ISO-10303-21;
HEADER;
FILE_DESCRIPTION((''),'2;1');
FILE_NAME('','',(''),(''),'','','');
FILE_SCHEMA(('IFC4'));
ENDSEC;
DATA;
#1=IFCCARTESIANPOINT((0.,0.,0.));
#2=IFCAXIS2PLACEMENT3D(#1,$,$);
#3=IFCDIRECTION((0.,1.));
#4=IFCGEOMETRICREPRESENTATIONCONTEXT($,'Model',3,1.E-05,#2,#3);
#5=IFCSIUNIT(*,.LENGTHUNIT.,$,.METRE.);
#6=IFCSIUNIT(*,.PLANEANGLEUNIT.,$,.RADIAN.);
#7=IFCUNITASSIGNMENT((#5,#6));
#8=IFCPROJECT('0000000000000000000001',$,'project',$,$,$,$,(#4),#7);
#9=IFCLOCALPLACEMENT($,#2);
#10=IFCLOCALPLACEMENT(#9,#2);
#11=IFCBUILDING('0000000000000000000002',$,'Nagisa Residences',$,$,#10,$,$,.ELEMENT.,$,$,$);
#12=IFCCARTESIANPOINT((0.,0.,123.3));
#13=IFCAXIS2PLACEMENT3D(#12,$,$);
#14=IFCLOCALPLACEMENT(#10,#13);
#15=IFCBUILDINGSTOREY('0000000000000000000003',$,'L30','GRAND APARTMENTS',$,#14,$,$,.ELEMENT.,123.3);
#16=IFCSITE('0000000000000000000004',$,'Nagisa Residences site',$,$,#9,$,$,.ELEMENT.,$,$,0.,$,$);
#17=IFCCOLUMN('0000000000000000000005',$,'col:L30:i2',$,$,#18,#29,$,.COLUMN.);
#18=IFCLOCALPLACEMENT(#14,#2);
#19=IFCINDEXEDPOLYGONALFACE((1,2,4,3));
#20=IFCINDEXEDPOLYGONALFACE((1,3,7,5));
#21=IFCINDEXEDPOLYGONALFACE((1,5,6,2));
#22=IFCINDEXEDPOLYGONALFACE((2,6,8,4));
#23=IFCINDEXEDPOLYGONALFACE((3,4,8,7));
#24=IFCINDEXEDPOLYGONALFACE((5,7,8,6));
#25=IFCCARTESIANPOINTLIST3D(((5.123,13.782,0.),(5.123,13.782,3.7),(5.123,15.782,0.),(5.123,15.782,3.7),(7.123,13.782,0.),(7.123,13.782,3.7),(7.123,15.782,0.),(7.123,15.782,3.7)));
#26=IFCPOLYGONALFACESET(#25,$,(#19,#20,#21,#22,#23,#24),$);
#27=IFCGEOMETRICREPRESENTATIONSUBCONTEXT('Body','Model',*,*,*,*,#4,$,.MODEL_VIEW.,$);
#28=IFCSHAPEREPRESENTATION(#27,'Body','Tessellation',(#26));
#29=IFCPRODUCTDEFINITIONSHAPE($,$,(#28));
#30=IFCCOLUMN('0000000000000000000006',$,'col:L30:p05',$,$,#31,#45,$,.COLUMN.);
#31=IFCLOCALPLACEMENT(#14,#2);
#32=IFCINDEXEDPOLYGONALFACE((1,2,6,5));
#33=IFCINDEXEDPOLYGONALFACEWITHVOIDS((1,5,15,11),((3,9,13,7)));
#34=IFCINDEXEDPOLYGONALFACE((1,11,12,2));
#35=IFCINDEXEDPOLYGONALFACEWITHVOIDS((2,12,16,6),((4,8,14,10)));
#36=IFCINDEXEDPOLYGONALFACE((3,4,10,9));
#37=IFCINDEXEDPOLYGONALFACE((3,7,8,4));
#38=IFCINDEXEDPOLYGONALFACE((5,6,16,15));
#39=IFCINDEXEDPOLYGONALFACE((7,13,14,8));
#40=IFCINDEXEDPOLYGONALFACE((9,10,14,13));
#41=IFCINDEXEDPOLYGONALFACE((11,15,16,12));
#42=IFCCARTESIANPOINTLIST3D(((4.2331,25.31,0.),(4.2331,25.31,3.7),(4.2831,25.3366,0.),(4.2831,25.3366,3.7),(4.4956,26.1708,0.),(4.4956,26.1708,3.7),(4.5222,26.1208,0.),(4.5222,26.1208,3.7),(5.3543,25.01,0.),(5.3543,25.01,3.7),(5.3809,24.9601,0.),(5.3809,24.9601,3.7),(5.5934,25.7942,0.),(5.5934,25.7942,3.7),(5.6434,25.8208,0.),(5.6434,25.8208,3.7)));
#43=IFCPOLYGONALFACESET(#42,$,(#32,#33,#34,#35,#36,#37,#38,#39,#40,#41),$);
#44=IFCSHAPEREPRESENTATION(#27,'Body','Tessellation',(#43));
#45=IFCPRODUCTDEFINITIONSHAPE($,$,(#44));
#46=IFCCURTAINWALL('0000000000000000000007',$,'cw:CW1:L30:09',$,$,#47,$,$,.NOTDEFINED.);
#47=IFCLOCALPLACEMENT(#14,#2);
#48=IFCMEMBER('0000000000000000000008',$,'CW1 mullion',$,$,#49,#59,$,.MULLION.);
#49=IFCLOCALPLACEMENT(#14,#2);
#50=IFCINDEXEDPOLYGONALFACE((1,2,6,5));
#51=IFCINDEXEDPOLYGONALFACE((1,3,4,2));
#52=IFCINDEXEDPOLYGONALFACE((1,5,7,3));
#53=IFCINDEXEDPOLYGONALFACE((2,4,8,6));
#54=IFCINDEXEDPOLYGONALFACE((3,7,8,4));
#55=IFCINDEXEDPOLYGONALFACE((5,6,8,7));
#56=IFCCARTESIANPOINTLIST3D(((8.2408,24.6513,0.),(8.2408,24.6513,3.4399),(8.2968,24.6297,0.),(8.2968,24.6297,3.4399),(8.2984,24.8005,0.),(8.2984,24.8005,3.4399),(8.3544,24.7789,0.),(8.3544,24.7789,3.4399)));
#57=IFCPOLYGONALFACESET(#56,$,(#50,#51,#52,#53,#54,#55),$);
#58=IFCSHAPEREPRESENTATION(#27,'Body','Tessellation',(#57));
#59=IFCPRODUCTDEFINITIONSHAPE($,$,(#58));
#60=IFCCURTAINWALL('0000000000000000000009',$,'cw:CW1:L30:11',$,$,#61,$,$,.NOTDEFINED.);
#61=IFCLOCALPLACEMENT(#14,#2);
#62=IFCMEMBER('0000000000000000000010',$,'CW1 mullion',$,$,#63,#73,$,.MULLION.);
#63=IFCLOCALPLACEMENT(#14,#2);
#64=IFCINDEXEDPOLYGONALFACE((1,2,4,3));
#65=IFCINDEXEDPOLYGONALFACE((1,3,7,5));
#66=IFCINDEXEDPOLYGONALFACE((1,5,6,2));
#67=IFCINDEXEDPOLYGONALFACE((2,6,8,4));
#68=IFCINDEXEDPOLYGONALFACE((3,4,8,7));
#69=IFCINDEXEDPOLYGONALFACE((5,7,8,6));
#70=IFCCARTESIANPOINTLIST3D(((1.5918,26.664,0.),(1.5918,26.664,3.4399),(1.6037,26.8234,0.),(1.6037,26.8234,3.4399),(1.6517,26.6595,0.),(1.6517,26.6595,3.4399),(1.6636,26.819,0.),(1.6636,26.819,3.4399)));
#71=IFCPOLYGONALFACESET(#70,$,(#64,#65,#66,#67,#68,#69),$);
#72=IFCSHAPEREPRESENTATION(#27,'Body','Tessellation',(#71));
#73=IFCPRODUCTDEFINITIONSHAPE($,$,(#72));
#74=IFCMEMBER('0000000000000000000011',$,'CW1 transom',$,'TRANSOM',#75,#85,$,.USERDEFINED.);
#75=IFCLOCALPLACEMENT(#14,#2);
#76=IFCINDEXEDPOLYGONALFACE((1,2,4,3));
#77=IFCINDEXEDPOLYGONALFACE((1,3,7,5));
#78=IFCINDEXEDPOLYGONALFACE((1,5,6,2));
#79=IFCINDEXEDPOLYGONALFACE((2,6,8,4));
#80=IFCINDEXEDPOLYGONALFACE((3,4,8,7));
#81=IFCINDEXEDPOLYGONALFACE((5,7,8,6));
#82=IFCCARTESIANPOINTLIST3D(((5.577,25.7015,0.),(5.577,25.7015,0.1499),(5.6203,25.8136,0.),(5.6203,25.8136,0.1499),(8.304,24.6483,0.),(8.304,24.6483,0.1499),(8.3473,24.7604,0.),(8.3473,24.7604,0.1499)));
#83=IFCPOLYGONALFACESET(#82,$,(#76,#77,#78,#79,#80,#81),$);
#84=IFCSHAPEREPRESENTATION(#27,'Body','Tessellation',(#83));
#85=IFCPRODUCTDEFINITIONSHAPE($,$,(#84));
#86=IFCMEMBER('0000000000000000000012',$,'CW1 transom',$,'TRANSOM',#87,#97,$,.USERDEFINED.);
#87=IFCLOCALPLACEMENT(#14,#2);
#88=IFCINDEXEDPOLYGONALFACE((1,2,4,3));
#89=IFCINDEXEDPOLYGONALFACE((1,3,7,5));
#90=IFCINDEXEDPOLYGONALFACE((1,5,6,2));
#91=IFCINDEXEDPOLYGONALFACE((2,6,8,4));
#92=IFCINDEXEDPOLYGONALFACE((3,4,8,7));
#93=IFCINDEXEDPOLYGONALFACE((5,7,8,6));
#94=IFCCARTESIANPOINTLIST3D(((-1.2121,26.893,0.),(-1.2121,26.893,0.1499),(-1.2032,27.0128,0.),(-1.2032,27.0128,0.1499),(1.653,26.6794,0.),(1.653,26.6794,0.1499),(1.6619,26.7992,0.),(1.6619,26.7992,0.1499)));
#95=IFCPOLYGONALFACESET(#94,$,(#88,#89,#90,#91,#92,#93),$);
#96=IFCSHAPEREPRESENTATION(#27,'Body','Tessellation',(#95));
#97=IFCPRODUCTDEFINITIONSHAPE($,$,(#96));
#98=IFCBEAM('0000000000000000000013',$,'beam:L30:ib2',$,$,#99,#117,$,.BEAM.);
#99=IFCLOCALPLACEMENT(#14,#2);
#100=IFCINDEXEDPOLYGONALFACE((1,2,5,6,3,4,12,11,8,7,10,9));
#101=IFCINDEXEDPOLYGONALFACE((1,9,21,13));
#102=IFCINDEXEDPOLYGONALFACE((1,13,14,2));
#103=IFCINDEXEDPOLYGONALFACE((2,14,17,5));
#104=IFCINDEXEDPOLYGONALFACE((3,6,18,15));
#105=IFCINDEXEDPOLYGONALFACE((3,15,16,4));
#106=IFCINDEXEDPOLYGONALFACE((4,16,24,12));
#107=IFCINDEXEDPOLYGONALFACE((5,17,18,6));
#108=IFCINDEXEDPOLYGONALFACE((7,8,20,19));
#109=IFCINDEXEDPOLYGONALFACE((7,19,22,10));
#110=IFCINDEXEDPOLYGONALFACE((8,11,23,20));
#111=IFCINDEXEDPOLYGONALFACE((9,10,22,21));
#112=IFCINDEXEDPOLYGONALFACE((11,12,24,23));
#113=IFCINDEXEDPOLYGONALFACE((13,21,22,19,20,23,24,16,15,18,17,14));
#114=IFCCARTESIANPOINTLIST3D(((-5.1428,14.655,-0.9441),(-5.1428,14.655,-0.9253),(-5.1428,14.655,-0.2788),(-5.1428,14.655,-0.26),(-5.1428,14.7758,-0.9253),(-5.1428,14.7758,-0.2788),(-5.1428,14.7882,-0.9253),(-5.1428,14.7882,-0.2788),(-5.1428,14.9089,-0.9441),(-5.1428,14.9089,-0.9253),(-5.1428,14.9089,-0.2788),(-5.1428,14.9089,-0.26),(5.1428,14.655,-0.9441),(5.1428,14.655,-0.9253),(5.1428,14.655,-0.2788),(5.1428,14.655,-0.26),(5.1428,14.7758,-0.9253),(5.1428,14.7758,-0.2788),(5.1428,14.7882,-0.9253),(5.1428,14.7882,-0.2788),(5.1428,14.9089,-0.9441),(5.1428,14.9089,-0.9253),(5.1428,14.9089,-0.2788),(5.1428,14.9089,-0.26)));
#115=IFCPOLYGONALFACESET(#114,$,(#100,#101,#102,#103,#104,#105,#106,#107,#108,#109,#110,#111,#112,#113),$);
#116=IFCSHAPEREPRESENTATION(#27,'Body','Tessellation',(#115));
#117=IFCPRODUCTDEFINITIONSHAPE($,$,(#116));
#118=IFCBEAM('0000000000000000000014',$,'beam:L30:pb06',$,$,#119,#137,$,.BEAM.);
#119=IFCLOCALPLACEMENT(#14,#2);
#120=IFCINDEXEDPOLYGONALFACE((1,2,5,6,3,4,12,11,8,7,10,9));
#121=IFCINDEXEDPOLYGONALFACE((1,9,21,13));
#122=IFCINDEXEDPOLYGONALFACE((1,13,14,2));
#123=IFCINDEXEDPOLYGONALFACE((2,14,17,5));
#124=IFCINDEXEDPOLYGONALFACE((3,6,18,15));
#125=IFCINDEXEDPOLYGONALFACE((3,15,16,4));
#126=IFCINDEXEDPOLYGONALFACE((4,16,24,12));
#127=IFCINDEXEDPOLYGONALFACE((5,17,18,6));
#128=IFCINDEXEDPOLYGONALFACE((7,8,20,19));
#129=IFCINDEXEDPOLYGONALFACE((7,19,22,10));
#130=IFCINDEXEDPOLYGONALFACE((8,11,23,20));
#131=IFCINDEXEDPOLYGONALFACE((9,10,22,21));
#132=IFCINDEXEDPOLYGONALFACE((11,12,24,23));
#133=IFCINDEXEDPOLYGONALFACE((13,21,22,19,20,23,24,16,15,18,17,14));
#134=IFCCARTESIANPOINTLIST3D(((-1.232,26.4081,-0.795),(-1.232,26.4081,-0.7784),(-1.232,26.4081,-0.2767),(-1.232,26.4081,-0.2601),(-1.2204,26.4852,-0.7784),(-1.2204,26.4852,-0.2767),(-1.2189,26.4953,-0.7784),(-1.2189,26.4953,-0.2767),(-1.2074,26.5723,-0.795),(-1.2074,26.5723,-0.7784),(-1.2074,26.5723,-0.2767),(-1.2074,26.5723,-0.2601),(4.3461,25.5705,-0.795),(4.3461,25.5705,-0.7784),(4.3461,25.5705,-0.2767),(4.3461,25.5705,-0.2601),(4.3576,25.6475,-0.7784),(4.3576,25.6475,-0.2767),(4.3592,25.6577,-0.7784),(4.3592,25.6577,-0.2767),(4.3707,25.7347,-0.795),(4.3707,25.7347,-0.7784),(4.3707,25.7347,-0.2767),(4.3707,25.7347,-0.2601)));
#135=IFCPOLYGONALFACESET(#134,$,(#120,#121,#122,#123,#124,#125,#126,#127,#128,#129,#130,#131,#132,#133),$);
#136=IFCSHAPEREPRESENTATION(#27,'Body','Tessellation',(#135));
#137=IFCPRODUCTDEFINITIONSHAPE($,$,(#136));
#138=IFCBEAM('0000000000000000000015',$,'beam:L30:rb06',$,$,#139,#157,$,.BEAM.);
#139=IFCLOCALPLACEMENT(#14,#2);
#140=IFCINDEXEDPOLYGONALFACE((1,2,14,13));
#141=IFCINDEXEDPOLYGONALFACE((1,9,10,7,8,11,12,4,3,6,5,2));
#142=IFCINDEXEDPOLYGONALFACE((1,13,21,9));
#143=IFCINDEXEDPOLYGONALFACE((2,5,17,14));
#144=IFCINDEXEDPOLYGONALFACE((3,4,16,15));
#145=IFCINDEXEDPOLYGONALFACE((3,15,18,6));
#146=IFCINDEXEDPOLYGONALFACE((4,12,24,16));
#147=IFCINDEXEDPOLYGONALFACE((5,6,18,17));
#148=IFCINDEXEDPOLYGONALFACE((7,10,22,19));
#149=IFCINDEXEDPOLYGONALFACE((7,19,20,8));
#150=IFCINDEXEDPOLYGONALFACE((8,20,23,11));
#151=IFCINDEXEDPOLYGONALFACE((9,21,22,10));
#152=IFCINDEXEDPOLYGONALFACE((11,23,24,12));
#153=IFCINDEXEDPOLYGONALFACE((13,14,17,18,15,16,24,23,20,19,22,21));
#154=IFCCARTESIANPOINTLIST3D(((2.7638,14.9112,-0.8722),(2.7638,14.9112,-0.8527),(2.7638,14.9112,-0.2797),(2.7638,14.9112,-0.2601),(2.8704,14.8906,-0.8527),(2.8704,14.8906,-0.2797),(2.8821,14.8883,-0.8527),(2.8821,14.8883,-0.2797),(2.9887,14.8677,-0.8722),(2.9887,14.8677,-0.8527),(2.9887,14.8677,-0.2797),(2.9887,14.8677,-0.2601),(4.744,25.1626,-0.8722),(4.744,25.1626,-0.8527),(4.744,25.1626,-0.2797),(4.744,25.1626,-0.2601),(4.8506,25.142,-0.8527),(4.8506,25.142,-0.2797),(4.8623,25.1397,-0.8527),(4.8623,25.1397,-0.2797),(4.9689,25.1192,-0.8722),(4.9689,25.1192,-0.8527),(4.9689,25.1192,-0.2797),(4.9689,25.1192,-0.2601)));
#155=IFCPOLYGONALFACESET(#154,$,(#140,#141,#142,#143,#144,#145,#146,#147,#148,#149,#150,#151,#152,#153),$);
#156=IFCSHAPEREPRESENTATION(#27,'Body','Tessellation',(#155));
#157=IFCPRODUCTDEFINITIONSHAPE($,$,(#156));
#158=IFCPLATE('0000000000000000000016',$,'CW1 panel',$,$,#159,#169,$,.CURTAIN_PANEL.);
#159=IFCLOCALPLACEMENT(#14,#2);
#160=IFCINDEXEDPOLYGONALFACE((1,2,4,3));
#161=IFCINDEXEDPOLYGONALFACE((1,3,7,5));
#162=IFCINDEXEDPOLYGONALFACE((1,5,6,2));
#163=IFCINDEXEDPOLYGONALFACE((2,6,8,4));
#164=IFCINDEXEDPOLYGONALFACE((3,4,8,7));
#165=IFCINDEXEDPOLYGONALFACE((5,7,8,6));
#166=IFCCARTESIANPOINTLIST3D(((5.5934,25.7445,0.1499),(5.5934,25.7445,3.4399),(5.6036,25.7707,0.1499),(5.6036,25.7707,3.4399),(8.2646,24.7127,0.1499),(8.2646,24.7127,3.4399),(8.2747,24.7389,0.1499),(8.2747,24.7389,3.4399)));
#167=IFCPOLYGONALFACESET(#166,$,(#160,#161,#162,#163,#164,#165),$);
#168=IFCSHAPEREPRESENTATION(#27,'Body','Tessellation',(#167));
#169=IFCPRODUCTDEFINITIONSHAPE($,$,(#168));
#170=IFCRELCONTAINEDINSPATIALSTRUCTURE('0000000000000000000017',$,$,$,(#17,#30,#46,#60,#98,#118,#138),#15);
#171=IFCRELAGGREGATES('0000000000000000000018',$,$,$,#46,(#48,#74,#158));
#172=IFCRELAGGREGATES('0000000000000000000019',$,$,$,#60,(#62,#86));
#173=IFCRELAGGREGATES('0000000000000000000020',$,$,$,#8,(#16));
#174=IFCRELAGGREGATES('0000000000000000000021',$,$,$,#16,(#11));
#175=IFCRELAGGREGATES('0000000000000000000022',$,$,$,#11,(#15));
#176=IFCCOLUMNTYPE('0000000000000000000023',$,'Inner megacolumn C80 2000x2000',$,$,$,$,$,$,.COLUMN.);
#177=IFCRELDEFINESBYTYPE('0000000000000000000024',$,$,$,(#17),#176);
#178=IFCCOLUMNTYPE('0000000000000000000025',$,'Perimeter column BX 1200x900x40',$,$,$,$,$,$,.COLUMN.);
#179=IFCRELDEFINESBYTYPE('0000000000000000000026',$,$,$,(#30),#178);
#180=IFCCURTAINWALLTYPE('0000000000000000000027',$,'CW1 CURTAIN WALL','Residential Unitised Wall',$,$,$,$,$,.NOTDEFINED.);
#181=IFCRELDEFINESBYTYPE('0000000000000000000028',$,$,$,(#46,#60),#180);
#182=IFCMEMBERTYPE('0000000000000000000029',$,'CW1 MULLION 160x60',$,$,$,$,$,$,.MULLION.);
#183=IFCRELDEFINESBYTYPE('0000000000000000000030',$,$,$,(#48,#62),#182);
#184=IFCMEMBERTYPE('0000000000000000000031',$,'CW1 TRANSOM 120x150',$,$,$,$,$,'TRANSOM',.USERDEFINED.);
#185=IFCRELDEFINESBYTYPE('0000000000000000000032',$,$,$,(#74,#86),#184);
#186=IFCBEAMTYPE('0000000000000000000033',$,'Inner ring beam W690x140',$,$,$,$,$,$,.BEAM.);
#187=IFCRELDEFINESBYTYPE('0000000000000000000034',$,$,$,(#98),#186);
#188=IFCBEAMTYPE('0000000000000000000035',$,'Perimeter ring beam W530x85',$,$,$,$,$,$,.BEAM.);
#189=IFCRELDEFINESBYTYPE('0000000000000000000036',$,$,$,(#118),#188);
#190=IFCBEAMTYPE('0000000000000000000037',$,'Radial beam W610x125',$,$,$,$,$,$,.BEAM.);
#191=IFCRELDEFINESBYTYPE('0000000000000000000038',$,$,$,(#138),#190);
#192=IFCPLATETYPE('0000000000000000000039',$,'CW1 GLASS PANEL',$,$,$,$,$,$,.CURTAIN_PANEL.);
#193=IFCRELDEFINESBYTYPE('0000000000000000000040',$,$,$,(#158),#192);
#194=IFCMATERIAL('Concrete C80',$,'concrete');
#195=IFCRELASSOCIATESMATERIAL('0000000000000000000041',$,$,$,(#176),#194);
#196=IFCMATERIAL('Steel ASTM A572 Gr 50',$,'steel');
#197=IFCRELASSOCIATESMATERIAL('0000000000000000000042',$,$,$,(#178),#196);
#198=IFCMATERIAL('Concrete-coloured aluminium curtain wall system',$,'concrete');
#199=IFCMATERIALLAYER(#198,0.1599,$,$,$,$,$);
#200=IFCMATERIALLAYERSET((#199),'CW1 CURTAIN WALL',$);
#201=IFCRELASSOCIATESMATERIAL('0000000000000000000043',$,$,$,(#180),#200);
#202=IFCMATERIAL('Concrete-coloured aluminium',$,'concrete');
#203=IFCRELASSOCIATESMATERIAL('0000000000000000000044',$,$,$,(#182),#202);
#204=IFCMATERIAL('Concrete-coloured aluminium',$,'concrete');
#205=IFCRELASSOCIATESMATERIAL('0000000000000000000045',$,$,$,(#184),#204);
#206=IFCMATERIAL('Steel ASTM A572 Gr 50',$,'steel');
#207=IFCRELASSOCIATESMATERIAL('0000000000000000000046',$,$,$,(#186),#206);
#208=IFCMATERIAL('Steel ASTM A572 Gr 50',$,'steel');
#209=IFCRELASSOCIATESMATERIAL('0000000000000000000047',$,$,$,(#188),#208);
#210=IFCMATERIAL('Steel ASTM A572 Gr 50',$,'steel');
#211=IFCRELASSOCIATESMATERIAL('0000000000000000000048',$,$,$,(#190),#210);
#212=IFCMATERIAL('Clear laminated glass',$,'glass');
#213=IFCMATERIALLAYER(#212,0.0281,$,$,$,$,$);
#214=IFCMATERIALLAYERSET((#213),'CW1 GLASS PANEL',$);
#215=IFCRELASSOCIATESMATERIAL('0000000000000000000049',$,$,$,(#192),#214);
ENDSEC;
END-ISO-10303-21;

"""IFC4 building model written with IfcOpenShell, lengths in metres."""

from ifc_helpers import new_model, si_unit, direction, frame, origin, origin_2d, place, context, subcontext, project, spatial, rectangle, hollow_rectangle, i_section, extrude, material, layer, layer_set, material_profile, profile_set, type_object, element, aggregate, save


model = new_model("IFC4")

# Units and contexts
model_context = context("Model", 3, precision=1e-05, world=origin(), true_north=direction((0.0, 1.0)))
body_context = subcontext(model_context, "Body", "Model", "MODEL_VIEW")
ifc_project = project(units=[si_unit("LENGTHUNIT", "METRE"), si_unit("PLANEANGLEUNIT", "RADIAN")], contexts=[model_context])

# Site, building, storey
site_placement = place(None, origin())
site = spatial("IfcSite", under=ifc_project, at=site_placement, Name="Nagisa Residences site", CompositionType="ELEMENT", RefElevation=0.0)
building_placement = place(site_placement, origin())
building = spatial("IfcBuilding", under=site, at=building_placement, Name="Nagisa Residences", CompositionType="ELEMENT")
storey_placement = place(building_placement, frame((0.0, 0.0, 123.3)))
storey = spatial("IfcBuildingStorey", under=building, at=storey_placement, Name="L30", Description="GRAND APARTMENTS", CompositionType="ELEMENT", Elevation=123.3)

# Columns
ifc_material_1 = material(Name="Concrete C80", Category="concrete")
ifc_material_profile_1 = material_profile(ifc_material_1, rectangle(XDim=2.0, YDim=2.0, at=origin_2d()), Name="C80 2000x2000")
ifc_profile_set_1 = profile_set([ifc_material_profile_1], Name="Concrete C80")
column_type_1 = type_object("IfcColumnType", Name="Inner megacolumn C80 2000x2000", PredefinedType="COLUMN", material=ifc_profile_set_1)
column_1_placement = place(storey_placement, frame((6.123, 14.782, 0.0), z_axis=(0.0, 0.0, 1.0), x_axis=(1.0, 0.0, 0.0)))
element("IfcColumn", 1, at=column_1_placement, inside=storey, type_object=column_type_1, Name="col:L30:i2", PredefinedType="COLUMN", context=body_context, shape_type="SweptSolid", body=[
    extrude(rectangle(XDim=2.0, YDim=2.0, at=origin_2d()), origin(), (0.0, 0.0, 1.0), 3.7),
])
ifc_material_2 = material(Name="Steel ASTM A572 Gr 50", Category="steel")
ifc_material_profile_2 = material_profile(ifc_material_2, hollow_rectangle(XDim=1.2, YDim=0.8999, WallThickness=0.04, at=origin_2d()), Name="BX 1200x900x40")
ifc_profile_set_2 = profile_set([ifc_material_profile_2], Name="Steel ASTM A572 Gr 50")
column_type_2 = type_object("IfcColumnType", Name="Perimeter column BX 1200x900x40", PredefinedType="COLUMN", material=ifc_profile_set_2)
column_2_placement = place(storey_placement, frame((4.9382, 25.5654, 0.0), z_axis=(0.0, 0.0, 1.0), x_axis=(-0.956525, 0.291652, 0.0)))
element("IfcColumn", 2, at=column_2_placement, inside=storey, type_object=column_type_2, Name="col:L30:p05", PredefinedType="COLUMN", context=body_context, shape_type="SweptSolid", body=[
    extrude(hollow_rectangle(XDim=1.2, YDim=0.8999, WallThickness=0.04, at=origin_2d()), origin(), (0.0, 0.0, 1.0), 3.7),
])

# Curtain walls, members
ifc_material_3 = material(Name="Concrete-coloured aluminium curtain wall system", Category="concrete")
ifc_layer_1 = layer(ifc_material_3, 0.1599)
ifc_layer_set_1 = layer_set([ifc_layer_1], Name="CW1 CURTAIN WALL")
curtain_wall_type = type_object("IfcCurtainWallType", Name="CW1 CURTAIN WALL", Description="Residential Unitised Wall", PredefinedType="NOTDEFINED", material=ifc_layer_set_1)
curtain_wall_1_placement = place(storey_placement, origin())
curtain_wall_1 = element("IfcCurtainWall", 3, at=curtain_wall_1_placement, inside=storey, type_object=curtain_wall_type, Name="cw:CW1:L30:09", PredefinedType="NOTDEFINED")
ifc_material_4 = material(Name="Concrete-coloured aluminium", Category="concrete")
ifc_material_profile_3 = material_profile(ifc_material_4, rectangle(XDim=0.1599, YDim=0.0601, at=origin_2d()), Name="CW1 MULLION 160x60")
ifc_profile_set_3 = profile_set([ifc_material_profile_3], Name="Concrete-coloured aluminium")
member_type_1 = type_object("IfcMemberType", Name="CW1 MULLION 160x60", PredefinedType="MULLION", material=ifc_profile_set_3)
member_1_placement = place(storey_placement, frame((8.2976, 24.7151, 0.0), z_axis=(0.0, 0.0, 1.0), x_axis=(-0.360328, -0.932826, 0.0)))
member_1 = element("IfcMember", 4, at=member_1_placement, type_object=member_type_1, Name="CW1 mullion", PredefinedType="MULLION", context=body_context, shape_type="SweptSolid", body=[
    extrude(rectangle(XDim=0.1599, YDim=0.0601, at=origin_2d()), origin(), (0.0, 0.0, 1.0), 3.4399),
])
curtain_wall_2_placement = place(storey_placement, origin())
curtain_wall_2 = element("IfcCurtainWall", 5, at=curtain_wall_2_placement, inside=storey, type_object=curtain_wall_type, Name="cw:CW1:L30:11", PredefinedType="NOTDEFINED")
member_2_placement = place(storey_placement, frame((1.6277, 26.7415, 0.0), z_axis=(0.0, 0.0, 1.0), x_axis=(-0.074377, -0.99723, 0.0)))
member_2 = element("IfcMember", 6, at=member_2_placement, type_object=member_type_1, Name="CW1 mullion", PredefinedType="MULLION", context=body_context, shape_type="SweptSolid", body=[
    extrude(rectangle(XDim=0.1599, YDim=0.0601, at=origin_2d()), origin(), (0.0, 0.0, 1.0), 3.4399),
])

# Members
ifc_material_5 = material(Name="Concrete-coloured aluminium", Category="concrete")
ifc_material_profile_4 = material_profile(ifc_material_5, rectangle(XDim=0.1201, YDim=0.1499, at=origin_2d()), Name="CW1 TRANSOM 120x150")
ifc_profile_set_4 = profile_set([ifc_material_profile_4], Name="Concrete-coloured aluminium")
member_type_2 = type_object("IfcMemberType", Name="CW1 TRANSOM 120x150", ElementType="TRANSOM", PredefinedType="USERDEFINED", material=ifc_profile_set_4)
member_3_placement = place(storey_placement, frame((8.3257, 24.7043, 0.075), z_axis=(-0.932845, 0.360277, 0.0), x_axis=(-0.360277, -0.932845, 0.0)))
member_3 = element("IfcMember", 7, at=member_3_placement, type_object=member_type_2, Name="CW1 transom", ObjectType="TRANSOM", PredefinedType="USERDEFINED", context=body_context, shape_type="SweptSolid", body=[
    extrude(rectangle(XDim=0.1201, YDim=0.1499, at=origin_2d()), origin(), (0.0, 0.0, 1.0), 2.9233),
])
member_4_placement = place(storey_placement, frame((1.6575, 26.7393, 0.075), z_axis=(-0.997232, 0.074357, 0.0), x_axis=(-0.074357, -0.997232, 0.0)))
member_4 = element("IfcMember", 8, at=member_4_placement, type_object=member_type_2, Name="CW1 transom", ObjectType="TRANSOM", PredefinedType="USERDEFINED", context=body_context, shape_type="SweptSolid", body=[
    extrude(rectangle(XDim=0.1201, YDim=0.1499, at=origin_2d()), origin(), (0.0, 0.0, 1.0), 2.873),
])

# Beams
ifc_material_6 = material(Name="Steel ASTM A572 Gr 50", Category="steel")
ifc_material_profile_5 = material_profile(ifc_material_6, i_section(OverallWidth=0.2539, OverallDepth=0.6841, WebThickness=0.0125, FlangeThickness=0.0188, at=origin_2d()), Name="W690x140")
ifc_profile_set_5 = profile_set([ifc_material_profile_5], Name="Steel ASTM A572 Gr 50")
beam_type_1 = type_object("IfcBeamType", Name="Inner ring beam W690x140", PredefinedType="BEAM", material=ifc_profile_set_5)
beam_1_placement = place(storey_placement, frame((5.1428, 14.782, -0.6021), z_axis=(-1.0, 0.0, 0.0), x_axis=(0.0, -1.0, 0.0)))
element("IfcBeam", 9, at=beam_1_placement, inside=storey, type_object=beam_type_1, Name="beam:L30:ib2", PredefinedType="BEAM", context=body_context, shape_type="SweptSolid", body=[
    extrude(i_section(OverallWidth=0.2539, OverallDepth=0.6841, WebThickness=0.0125, FlangeThickness=0.0188, at=origin_2d()), origin(), (0.0, 0.0, 1.0), 10.2856),
])
ifc_material_7 = material(Name="Steel ASTM A572 Gr 50", Category="steel")
ifc_material_profile_6 = material_profile(ifc_material_7, i_section(OverallWidth=0.166, OverallDepth=0.5349, WebThickness=0.0103, FlangeThickness=0.0166, at=origin_2d()), Name="W530x85")
ifc_profile_set_6 = profile_set([ifc_material_profile_6], Name="Steel ASTM A572 Gr 50")
beam_type_2 = type_object("IfcBeamType", Name="Perimeter ring beam W530x85", PredefinedType="BEAM", material=ifc_profile_set_6)
beam_2_placement = place(storey_placement, frame((4.3584, 25.6526, -0.5276), z_axis=(-0.988912, 0.148501, 0.0), x_axis=(-0.148501, -0.988912, 0.0)))
element("IfcBeam", 10, at=beam_2_placement, inside=storey, type_object=beam_type_2, Name="beam:L30:pb06", PredefinedType="BEAM", context=body_context, shape_type="SweptSolid", body=[
    extrude(i_section(OverallWidth=0.166, OverallDepth=0.5349, WebThickness=0.0103, FlangeThickness=0.0166, at=origin_2d()), origin(), (0.0, 0.0, 1.0), 5.6406),
])
ifc_material_8 = material(Name="Steel ASTM A572 Gr 50", Category="steel")
ifc_material_profile_7 = material_profile(ifc_material_8, i_section(OverallWidth=0.229, OverallDepth=0.6121, WebThickness=0.012, FlangeThickness=0.0195, at=origin_2d()), Name="W610x125")
ifc_profile_set_7 = profile_set([ifc_material_profile_7], Name="Steel ASTM A572 Gr 50")
beam_type_3 = type_object("IfcBeamType", Name="Radial beam W610x125", PredefinedType="BEAM", material=ifc_profile_set_7)
beam_3_placement = place(storey_placement, frame((4.8564, 25.1409, -0.5662), z_axis=(-0.189659, -0.98185, 0.0), x_axis=(0.98185, -0.189659, 0.0)))
element("IfcBeam", 11, at=beam_3_placement, inside=storey, type_object=beam_type_3, Name="beam:L30:rb06", PredefinedType="BEAM", context=body_context, shape_type="SweptSolid", body=[
    extrude(i_section(OverallWidth=0.229, OverallDepth=0.6121, WebThickness=0.012, FlangeThickness=0.0195, at=origin_2d()), origin(), (0.0, 0.0, 1.0), 10.4409),
])

# Plate
ifc_material_9 = material(Name="Clear laminated glass", Category="glass")
ifc_layer_2 = layer(ifc_material_9, 0.0281)
ifc_layer_set_2 = layer_set([ifc_layer_2], Name="CW1 GLASS PANEL")
plate_type = type_object("IfcPlateType", Name="CW1 GLASS PANEL", PredefinedType="CURTAIN_PANEL", material=ifc_layer_set_2)
plate_1_placement = place(storey_placement, frame((6.9341, 25.2417, 0.1499), z_axis=(0.0, 0.0, 1.0), x_axis=(-0.932826, 0.360328, 0.0)))
plate_1 = element("IfcPlate", 12, at=plate_1_placement, type_object=plate_type, Name="CW1 panel", PredefinedType="CURTAIN_PANEL", context=body_context, shape_type="SweptSolid", body=[
    extrude(rectangle(XDim=2.8635, YDim=0.0281, at=origin_2d()), origin(), (0.0, 0.0, 1.0), 3.29),
])
aggregate(curtain_wall_1, [member_1, member_3, plate_1])
aggregate(curtain_wall_2, [member_2, member_4])

save(model, "model.ifc")
